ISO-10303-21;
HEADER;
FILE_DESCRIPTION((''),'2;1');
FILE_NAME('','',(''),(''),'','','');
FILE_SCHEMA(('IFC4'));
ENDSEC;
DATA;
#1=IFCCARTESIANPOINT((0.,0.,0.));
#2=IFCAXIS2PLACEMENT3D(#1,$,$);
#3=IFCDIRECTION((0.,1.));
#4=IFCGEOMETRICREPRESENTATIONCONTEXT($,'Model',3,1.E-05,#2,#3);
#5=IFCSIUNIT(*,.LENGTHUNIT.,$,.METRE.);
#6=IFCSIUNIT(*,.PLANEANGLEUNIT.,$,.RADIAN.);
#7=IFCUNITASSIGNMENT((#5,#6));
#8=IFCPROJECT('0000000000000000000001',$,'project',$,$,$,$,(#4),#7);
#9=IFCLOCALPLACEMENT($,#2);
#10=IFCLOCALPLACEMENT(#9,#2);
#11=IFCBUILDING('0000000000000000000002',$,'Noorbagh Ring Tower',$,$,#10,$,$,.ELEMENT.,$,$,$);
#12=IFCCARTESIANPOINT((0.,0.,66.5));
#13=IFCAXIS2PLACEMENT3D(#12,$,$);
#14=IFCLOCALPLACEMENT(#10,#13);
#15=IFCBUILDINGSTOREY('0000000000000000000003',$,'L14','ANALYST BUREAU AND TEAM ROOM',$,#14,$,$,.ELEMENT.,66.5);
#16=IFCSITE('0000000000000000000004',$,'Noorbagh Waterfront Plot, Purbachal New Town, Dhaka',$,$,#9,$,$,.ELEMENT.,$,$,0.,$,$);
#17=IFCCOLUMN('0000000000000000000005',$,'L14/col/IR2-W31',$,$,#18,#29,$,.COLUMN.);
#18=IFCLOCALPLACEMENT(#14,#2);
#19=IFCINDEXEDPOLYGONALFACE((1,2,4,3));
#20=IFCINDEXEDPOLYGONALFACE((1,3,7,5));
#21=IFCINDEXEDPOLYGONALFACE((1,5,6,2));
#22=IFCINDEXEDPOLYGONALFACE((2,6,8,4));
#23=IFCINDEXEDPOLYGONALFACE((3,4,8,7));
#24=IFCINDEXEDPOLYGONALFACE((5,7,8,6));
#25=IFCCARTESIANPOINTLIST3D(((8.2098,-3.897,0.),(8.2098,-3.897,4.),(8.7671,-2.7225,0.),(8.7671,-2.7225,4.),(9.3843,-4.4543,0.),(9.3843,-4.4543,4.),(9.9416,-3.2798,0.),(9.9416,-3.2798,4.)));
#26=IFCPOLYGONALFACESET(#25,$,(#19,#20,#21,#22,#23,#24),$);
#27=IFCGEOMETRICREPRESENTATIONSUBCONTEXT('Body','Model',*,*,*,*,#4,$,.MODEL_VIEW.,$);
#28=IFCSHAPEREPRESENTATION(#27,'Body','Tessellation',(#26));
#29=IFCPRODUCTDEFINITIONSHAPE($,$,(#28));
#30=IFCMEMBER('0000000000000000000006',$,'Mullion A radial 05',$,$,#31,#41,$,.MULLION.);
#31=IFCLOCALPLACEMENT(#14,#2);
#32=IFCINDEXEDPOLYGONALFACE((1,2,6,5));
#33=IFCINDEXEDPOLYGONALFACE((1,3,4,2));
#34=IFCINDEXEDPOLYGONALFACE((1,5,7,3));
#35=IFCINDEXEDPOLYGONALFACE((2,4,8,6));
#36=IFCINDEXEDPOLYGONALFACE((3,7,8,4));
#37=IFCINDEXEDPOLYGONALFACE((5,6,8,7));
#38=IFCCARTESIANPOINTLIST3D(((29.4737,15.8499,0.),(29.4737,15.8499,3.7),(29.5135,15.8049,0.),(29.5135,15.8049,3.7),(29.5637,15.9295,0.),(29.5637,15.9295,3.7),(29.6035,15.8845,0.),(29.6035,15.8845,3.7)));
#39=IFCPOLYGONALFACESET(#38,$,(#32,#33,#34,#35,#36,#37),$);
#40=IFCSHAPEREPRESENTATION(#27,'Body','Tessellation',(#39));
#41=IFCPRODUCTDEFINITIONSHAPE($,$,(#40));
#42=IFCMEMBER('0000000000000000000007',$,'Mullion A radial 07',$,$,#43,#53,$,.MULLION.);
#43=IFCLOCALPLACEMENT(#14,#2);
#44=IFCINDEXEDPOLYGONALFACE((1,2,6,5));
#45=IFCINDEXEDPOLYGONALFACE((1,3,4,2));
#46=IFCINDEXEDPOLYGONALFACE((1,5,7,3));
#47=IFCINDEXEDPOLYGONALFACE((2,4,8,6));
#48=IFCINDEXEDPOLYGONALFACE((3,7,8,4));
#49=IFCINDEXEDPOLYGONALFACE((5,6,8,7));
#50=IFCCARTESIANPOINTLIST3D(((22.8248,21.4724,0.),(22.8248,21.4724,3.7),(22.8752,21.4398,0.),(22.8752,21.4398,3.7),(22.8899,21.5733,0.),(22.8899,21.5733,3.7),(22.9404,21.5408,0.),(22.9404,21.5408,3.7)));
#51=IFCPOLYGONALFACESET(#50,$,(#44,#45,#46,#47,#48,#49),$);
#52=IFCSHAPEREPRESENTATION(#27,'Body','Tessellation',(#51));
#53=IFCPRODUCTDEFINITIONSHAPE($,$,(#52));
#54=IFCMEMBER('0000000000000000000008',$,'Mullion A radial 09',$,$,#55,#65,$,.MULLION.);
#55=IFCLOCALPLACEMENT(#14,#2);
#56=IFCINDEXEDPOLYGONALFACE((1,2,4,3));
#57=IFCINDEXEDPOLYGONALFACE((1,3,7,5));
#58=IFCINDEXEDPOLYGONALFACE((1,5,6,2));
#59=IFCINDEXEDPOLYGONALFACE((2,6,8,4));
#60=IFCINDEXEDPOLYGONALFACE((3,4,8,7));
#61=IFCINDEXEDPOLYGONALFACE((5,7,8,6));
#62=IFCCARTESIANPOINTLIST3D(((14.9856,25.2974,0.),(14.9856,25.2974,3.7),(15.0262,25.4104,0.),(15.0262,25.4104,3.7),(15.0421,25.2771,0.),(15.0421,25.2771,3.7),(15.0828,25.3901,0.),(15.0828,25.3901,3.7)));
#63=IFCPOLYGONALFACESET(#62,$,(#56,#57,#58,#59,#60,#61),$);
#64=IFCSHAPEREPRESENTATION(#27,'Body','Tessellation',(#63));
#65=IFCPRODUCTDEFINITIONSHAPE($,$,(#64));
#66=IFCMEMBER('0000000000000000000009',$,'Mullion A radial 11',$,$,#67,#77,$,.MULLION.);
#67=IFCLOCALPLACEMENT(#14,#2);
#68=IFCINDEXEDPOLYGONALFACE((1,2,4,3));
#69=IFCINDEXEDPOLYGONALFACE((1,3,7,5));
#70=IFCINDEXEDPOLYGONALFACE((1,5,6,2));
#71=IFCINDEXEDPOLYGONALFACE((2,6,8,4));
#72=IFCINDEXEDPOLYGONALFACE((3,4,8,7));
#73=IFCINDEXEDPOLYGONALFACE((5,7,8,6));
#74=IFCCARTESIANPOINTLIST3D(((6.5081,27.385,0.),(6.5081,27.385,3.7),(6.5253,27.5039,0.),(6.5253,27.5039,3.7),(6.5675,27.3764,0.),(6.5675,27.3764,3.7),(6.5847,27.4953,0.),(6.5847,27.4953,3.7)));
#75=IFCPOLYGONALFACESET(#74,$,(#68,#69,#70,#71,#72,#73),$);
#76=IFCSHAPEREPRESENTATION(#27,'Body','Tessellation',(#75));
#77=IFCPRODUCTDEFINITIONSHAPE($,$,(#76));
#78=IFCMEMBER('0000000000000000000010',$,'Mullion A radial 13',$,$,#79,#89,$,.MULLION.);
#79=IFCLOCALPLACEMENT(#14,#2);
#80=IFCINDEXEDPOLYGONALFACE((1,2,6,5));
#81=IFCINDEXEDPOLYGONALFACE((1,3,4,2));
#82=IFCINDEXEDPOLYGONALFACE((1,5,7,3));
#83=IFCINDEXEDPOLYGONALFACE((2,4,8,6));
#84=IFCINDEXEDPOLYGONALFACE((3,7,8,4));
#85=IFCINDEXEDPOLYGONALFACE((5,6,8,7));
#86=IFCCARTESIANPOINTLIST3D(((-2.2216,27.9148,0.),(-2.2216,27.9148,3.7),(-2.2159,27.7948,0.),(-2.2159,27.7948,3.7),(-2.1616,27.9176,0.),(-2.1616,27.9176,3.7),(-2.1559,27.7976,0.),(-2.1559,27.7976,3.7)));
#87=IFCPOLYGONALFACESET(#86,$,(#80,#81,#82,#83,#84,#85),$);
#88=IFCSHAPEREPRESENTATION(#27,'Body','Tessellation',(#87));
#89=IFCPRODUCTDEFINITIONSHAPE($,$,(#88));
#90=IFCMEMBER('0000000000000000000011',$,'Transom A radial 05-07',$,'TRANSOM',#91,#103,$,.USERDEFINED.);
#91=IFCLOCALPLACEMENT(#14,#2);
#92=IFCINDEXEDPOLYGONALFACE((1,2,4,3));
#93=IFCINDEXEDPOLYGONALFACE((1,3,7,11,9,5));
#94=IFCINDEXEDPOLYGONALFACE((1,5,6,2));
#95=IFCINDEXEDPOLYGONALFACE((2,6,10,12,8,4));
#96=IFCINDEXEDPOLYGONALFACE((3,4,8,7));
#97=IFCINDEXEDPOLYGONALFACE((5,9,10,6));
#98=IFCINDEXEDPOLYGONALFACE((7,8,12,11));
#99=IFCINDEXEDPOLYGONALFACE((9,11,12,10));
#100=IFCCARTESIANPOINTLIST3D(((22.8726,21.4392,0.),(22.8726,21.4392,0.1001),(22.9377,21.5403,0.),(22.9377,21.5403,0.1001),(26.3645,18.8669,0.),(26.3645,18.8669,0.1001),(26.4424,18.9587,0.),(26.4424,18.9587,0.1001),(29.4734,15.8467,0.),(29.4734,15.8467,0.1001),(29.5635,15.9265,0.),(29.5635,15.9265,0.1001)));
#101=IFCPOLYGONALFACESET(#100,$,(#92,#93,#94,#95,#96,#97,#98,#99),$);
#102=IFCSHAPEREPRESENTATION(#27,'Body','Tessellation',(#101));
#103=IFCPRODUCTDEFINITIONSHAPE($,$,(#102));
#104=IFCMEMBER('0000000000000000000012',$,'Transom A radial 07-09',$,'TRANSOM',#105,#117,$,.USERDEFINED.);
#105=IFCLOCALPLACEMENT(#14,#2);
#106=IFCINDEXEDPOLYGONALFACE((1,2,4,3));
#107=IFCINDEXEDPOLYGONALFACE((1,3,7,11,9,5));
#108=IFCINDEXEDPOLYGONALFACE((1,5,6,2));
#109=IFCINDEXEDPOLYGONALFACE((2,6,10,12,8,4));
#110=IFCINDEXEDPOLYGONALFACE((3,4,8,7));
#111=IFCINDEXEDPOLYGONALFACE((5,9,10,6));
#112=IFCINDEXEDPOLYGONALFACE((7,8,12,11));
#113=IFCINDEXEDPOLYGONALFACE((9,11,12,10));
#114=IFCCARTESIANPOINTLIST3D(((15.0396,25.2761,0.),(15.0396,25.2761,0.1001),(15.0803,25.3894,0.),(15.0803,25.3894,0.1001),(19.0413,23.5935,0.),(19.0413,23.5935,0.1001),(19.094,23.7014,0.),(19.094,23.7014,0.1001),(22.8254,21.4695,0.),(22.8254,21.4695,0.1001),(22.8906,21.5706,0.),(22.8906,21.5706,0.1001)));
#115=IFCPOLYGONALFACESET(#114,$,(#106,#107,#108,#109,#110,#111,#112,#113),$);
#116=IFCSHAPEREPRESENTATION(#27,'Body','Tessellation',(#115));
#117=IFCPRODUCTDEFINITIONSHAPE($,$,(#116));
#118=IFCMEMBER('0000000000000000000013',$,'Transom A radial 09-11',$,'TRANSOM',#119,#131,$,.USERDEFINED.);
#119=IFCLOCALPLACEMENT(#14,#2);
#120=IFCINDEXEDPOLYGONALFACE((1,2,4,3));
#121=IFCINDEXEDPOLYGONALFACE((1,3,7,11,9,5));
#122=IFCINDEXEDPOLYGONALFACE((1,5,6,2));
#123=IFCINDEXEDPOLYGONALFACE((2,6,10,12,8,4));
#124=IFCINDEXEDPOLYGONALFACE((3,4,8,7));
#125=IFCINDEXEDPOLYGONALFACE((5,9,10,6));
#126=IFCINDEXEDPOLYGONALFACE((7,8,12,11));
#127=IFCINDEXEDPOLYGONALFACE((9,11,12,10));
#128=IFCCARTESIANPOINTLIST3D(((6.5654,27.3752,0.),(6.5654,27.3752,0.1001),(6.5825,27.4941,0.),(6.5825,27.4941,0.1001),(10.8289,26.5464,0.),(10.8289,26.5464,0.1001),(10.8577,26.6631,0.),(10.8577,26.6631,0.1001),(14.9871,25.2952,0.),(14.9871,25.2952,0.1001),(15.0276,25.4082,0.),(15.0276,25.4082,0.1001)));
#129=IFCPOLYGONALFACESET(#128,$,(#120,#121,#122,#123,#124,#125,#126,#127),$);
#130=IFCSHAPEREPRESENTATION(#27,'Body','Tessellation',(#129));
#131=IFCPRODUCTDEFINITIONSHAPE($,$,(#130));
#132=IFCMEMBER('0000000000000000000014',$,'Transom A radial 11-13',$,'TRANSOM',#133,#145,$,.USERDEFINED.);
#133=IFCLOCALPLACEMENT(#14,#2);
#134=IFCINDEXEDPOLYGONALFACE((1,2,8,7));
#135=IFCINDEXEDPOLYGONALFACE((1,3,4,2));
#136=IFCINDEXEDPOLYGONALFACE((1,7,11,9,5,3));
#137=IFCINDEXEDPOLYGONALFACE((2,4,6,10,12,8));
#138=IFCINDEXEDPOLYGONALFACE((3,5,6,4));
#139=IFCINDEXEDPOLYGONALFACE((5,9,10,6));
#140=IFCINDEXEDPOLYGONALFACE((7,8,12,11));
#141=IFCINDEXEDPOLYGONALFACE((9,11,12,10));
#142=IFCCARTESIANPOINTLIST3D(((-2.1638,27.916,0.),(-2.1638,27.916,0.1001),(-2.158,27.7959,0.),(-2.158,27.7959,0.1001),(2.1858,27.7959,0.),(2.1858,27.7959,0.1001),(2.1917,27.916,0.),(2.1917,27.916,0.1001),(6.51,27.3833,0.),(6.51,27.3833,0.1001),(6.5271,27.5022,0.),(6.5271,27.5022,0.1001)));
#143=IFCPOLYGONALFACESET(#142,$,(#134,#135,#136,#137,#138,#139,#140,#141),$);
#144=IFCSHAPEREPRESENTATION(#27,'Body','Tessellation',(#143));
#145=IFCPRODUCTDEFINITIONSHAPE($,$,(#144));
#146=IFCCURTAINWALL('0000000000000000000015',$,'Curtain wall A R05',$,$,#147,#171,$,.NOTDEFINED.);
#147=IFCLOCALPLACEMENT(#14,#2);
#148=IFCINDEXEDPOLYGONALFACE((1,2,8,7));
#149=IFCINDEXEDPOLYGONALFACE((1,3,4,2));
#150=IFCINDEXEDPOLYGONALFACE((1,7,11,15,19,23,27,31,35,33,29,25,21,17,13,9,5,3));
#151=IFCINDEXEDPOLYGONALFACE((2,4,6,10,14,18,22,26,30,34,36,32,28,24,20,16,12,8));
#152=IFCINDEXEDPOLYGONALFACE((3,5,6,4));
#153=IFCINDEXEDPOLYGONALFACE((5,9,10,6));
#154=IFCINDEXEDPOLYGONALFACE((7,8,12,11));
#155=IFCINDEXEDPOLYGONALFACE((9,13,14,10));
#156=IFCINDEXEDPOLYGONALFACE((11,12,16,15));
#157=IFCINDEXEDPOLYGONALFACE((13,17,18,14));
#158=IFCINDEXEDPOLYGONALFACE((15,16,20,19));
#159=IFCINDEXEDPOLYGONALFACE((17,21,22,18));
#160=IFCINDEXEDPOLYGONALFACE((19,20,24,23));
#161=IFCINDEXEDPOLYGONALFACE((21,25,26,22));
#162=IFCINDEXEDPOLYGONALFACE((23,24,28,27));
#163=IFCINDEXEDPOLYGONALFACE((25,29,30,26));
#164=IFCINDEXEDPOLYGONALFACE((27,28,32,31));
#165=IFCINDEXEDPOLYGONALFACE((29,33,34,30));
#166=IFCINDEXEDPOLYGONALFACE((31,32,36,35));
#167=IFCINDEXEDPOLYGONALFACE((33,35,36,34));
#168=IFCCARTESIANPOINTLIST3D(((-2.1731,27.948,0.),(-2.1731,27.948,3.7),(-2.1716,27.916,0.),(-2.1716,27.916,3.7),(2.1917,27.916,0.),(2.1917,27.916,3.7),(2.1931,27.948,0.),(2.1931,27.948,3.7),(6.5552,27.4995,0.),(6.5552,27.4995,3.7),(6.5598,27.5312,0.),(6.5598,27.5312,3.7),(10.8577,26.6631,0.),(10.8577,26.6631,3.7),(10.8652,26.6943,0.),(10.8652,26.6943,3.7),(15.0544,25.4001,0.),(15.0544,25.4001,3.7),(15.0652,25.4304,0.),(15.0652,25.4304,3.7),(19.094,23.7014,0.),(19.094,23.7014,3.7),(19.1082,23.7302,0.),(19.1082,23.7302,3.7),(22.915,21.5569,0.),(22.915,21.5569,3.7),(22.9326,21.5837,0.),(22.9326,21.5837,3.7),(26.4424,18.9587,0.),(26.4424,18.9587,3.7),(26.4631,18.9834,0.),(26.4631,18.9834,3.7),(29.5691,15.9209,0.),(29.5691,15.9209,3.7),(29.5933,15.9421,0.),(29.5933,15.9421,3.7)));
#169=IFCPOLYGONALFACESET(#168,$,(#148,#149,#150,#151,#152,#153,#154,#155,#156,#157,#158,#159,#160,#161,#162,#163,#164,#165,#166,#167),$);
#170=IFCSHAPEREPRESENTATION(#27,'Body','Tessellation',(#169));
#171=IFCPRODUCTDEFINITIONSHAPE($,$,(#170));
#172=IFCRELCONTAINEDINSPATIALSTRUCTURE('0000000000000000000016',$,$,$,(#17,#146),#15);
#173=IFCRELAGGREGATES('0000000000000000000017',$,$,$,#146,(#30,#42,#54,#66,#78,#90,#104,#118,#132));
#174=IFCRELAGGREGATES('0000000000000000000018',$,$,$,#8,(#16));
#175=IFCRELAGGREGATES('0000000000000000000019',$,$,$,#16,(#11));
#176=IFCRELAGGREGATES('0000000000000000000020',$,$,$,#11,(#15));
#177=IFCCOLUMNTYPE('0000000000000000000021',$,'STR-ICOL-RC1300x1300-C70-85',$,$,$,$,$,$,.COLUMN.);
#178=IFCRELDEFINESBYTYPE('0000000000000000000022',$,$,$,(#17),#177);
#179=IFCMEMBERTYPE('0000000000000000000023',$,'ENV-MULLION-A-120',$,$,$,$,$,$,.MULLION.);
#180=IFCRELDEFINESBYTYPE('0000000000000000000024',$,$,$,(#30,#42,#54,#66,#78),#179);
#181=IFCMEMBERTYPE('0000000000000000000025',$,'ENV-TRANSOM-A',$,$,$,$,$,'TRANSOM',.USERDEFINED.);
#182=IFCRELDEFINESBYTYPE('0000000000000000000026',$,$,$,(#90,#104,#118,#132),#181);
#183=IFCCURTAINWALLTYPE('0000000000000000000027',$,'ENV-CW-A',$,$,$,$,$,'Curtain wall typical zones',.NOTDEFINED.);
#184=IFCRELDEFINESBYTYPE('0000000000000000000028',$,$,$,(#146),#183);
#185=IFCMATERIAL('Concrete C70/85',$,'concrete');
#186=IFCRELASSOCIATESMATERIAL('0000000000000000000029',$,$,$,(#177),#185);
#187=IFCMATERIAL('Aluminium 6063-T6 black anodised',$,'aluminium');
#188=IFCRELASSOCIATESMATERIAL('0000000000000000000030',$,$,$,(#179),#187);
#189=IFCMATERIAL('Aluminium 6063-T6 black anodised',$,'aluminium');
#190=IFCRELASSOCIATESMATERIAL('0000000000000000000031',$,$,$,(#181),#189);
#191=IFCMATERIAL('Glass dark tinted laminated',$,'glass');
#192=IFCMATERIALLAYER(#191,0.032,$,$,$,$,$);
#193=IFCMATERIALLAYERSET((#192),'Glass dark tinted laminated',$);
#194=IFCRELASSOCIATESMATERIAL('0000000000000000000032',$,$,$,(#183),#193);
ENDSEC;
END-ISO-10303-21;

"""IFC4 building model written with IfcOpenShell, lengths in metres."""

from ifc_helpers import new_model, si_unit, direction, frame, origin, origin_2d, place, context, subcontext, project, spatial, polyline, rectangle, outline, extrude, material, layer, layer_set, material_profile, profile_set, type_object, element, aggregate, save


model = new_model("IFC4")

# Units and contexts
model_context = context("Model", 3, precision=1e-05, world=origin(), true_north=direction((0.0, 1.0)))
body_context = subcontext(model_context, "Body", "Model", "MODEL_VIEW")
ifc_project = project(units=[si_unit("LENGTHUNIT", "METRE"), si_unit("PLANEANGLEUNIT", "RADIAN")], contexts=[model_context])

# Site, building, storey
site_placement = place(None, origin())
site = spatial("IfcSite", under=ifc_project, at=site_placement, Name="Noorbagh Waterfront Plot, Purbachal New Town, Dhaka", CompositionType="ELEMENT", RefElevation=0.0)
building_placement = place(site_placement, origin())
building = spatial("IfcBuilding", under=site, at=building_placement, Name="Noorbagh Ring Tower", CompositionType="ELEMENT")
storey_placement = place(building_placement, frame((0.0, 0.0, 66.5)))
storey = spatial("IfcBuildingStorey", under=building, at=storey_placement, Name="L14", Description="ANALYST BUREAU AND TEAM ROOM", CompositionType="ELEMENT", Elevation=66.5)

# Column
ifc_material_1 = material(Name="Concrete C70/85", Category="concrete")
ifc_material_profile_1 = material_profile(ifc_material_1, rectangle(XDim=1.3, YDim=1.3, at=origin_2d()), Name="RC1300x1300")
ifc_profile_set_1 = profile_set([ifc_material_profile_1], Name="Concrete C70/85")
column_type = type_object("IfcColumnType", Name="STR-ICOL-RC1300x1300-C70-85", PredefinedType="COLUMN", material=ifc_profile_set_1)
column_placement = place(storey_placement, frame((9.0757, -3.5884, 0.0), z_axis=(0.0, 0.0, 1.0), x_axis=(0.428667, 0.903463, 0.0)))
element("IfcColumn", 1, at=column_placement, inside=storey, type_object=column_type, Name="L14/col/IR2-W31", PredefinedType="COLUMN", context=body_context, shape_type="SweptSolid", body=[
    extrude(rectangle(XDim=1.3, YDim=1.3, at=origin_2d()), origin(), (0.0, 0.0, 1.0), 4.0),
])

# Members
ifc_material_2 = material(Name="Aluminium 6063-T6 black anodised", Category="aluminium")
ifc_material_profile_2 = material_profile(ifc_material_2, rectangle(XDim=0.1201, YDim=0.0601, at=origin_2d()), Name="120x60")
ifc_profile_set_2 = profile_set([ifc_material_profile_2], Name="Aluminium 6063-T6 black anodised")
member_type_1 = type_object("IfcMemberType", Name="ENV-MULLION-A-120", PredefinedType="MULLION", material=ifc_profile_set_2)
member_1_placement = place(storey_placement, frame((29.5386, 15.8672, 0.0), z_axis=(0.0, 0.0, 1.0), x_axis=(-0.749047, -0.662517, 0.0)))
member_1 = element("IfcMember", 2, at=member_1_placement, type_object=member_type_1, Name="Mullion A radial 05", PredefinedType="MULLION", context=body_context, shape_type="SweptSolid", body=[
    extrude(rectangle(XDim=0.1201, YDim=0.0601, at=origin_2d()), origin(), (0.0, 0.0, 1.0), 3.7),
])
member_2_placement = place(storey_placement, frame((22.8826, 21.5066, 0.0), z_axis=(0.0, 0.0, 1.0), x_axis=(-0.542279, -0.840198, 0.0)))
member_2 = element("IfcMember", 3, at=member_2_placement, type_object=member_type_1, Name="Mullion A radial 07", PredefinedType="MULLION", context=body_context, shape_type="SweptSolid", body=[
    extrude(rectangle(XDim=0.1201, YDim=0.0601, at=origin_2d()), origin(), (0.0, 0.0, 1.0), 3.7),
])
member_3_placement = place(storey_placement, frame((15.0342, 25.3438, 0.0), z_axis=(0.0, 0.0, 1.0), x_axis=(-0.338379, -0.94101, 0.0)))
member_3 = element("IfcMember", 4, at=member_3_placement, type_object=member_type_1, Name="Mullion A radial 09", PredefinedType="MULLION", context=body_context, shape_type="SweptSolid", body=[
    extrude(rectangle(XDim=0.1201, YDim=0.0601, at=origin_2d()), origin(), (0.0, 0.0, 1.0), 3.7),
])
member_4_placement = place(storey_placement, frame((6.5464, 27.4402, 0.0), z_axis=(0.0, 0.0, 1.0), x_axis=(-0.143082, -0.989711, 0.0)))
member_4 = element("IfcMember", 5, at=member_4_placement, type_object=member_type_1, Name="Mullion A radial 11", PredefinedType="MULLION", context=body_context, shape_type="SweptSolid", body=[
    extrude(rectangle(XDim=0.1201, YDim=0.0601, at=origin_2d()), origin(), (0.0, 0.0, 1.0), 3.7),
])
member_5_placement = place(storey_placement, frame((-2.1887, 27.8562, 0.0), z_axis=(0.0, 0.0, 1.0), x_axis=(0.047558, -0.998868, 0.0)))
member_5 = element("IfcMember", 6, at=member_5_placement, type_object=member_type_1, Name="Mullion A radial 13", PredefinedType="MULLION", context=body_context, shape_type="SweptSolid", body=[
    extrude(rectangle(XDim=0.1201, YDim=0.0601, at=origin_2d()), origin(), (0.0, 0.0, 1.0), 3.7),
])
ifc_material_3 = material(Name="Aluminium 6063-T6 black anodised", Category="aluminium")
member_type_2 = type_object("IfcMemberType", Name="ENV-TRANSOM-A", ElementType="TRANSOM", PredefinedType="USERDEFINED", material=ifc_material_3)
member_6_placement = place(storey_placement, origin())
member_6 = element("IfcMember", 7, at=member_6_placement, type_object=member_type_2, Name="Transom A radial 05-07", ObjectType="TRANSOM", PredefinedType="USERDEFINED", context=body_context, shape_type="SweptSolid", body=[
    extrude(outline(polyline([(29.5635, 15.9265), (26.4424, 18.9587), (22.9377, 21.5403), (22.8726, 21.4392), (26.3645, 18.8669), (29.4734, 15.8467), (29.5635, 15.9265)])), origin(), (0.0, 0.0, 1.0), 0.1001),
])
member_7_placement = place(storey_placement, origin())
member_7 = element("IfcMember", 8, at=member_7_placement, type_object=member_type_2, Name="Transom A radial 07-09", ObjectType="TRANSOM", PredefinedType="USERDEFINED", context=body_context, shape_type="SweptSolid", body=[
    extrude(outline(polyline([(22.8906, 21.5706), (19.094, 23.7014), (15.0803, 25.3894), (15.0396, 25.2761), (19.0413, 23.5935), (22.8254, 21.4695), (22.8906, 21.5706)])), origin(), (0.0, 0.0, 1.0), 0.1001),
])
member_8_placement = place(storey_placement, origin())
member_8 = element("IfcMember", 9, at=member_8_placement, type_object=member_type_2, Name="Transom A radial 09-11", ObjectType="TRANSOM", PredefinedType="USERDEFINED", context=body_context, shape_type="SweptSolid", body=[
    extrude(outline(polyline([(15.0276, 25.4082), (10.8577, 26.6631), (6.5825, 27.4941), (6.5654, 27.3752), (10.8289, 26.5464), (14.9871, 25.2952), (15.0276, 25.4082)])), origin(), (0.0, 0.0, 1.0), 0.1001),
])
member_9_placement = place(storey_placement, origin())
member_9 = element("IfcMember", 10, at=member_9_placement, type_object=member_type_2, Name="Transom A radial 11-13", ObjectType="TRANSOM", PredefinedType="USERDEFINED", context=body_context, shape_type="SweptSolid", body=[
    extrude(outline(polyline([(6.5271, 27.5022), (2.1917, 27.916), (-2.1638, 27.916), (-2.158, 27.7959), (2.1858, 27.7959), (6.51, 27.3833), (6.5271, 27.5022)])), origin(), (0.0, 0.0, 1.0), 0.1001),
])

# Curtain wall
ifc_material_4 = material(Name="Glass dark tinted laminated", Category="glass")
ifc_layer = layer(ifc_material_4, 0.032)
ifc_layer_set = layer_set([ifc_layer], Name="Glass dark tinted laminated")
curtain_wall_type = type_object("IfcCurtainWallType", Name="ENV-CW-A", ElementType="Curtain wall typical zones", PredefinedType="NOTDEFINED", material=ifc_layer_set)
curtain_wall_1_placement = place(storey_placement, origin())
curtain_wall_1 = element("IfcCurtainWall", 11, at=curtain_wall_1_placement, inside=storey, type_object=curtain_wall_type, Name="Curtain wall A R05", PredefinedType="NOTDEFINED", context=body_context, shape_type="SweptSolid", body=[
    extrude(outline(polyline([(29.5933, 15.9421), (26.4631, 18.9834), (22.9326, 21.5837), (19.1082, 23.7302), (15.0652, 25.4304), (10.8652, 26.6943), (6.5598, 27.5312), (2.1931, 27.948), (-2.1731, 27.948), (-2.1716, 27.916), (2.1917, 27.916), (6.5552, 27.4995), (10.8577, 26.6631), (15.0544, 25.4001), (19.094, 23.7014), (22.915, 21.5569), (26.4424, 18.9587), (29.5691, 15.9209), (29.5933, 15.9421)])), origin(), (0.0, 0.0, 1.0), 3.7),
])
aggregate(curtain_wall_1, [member_1, member_2, member_3, member_4, member_5, member_6, member_7, member_8, member_9])

save(model, "model.ifc")
